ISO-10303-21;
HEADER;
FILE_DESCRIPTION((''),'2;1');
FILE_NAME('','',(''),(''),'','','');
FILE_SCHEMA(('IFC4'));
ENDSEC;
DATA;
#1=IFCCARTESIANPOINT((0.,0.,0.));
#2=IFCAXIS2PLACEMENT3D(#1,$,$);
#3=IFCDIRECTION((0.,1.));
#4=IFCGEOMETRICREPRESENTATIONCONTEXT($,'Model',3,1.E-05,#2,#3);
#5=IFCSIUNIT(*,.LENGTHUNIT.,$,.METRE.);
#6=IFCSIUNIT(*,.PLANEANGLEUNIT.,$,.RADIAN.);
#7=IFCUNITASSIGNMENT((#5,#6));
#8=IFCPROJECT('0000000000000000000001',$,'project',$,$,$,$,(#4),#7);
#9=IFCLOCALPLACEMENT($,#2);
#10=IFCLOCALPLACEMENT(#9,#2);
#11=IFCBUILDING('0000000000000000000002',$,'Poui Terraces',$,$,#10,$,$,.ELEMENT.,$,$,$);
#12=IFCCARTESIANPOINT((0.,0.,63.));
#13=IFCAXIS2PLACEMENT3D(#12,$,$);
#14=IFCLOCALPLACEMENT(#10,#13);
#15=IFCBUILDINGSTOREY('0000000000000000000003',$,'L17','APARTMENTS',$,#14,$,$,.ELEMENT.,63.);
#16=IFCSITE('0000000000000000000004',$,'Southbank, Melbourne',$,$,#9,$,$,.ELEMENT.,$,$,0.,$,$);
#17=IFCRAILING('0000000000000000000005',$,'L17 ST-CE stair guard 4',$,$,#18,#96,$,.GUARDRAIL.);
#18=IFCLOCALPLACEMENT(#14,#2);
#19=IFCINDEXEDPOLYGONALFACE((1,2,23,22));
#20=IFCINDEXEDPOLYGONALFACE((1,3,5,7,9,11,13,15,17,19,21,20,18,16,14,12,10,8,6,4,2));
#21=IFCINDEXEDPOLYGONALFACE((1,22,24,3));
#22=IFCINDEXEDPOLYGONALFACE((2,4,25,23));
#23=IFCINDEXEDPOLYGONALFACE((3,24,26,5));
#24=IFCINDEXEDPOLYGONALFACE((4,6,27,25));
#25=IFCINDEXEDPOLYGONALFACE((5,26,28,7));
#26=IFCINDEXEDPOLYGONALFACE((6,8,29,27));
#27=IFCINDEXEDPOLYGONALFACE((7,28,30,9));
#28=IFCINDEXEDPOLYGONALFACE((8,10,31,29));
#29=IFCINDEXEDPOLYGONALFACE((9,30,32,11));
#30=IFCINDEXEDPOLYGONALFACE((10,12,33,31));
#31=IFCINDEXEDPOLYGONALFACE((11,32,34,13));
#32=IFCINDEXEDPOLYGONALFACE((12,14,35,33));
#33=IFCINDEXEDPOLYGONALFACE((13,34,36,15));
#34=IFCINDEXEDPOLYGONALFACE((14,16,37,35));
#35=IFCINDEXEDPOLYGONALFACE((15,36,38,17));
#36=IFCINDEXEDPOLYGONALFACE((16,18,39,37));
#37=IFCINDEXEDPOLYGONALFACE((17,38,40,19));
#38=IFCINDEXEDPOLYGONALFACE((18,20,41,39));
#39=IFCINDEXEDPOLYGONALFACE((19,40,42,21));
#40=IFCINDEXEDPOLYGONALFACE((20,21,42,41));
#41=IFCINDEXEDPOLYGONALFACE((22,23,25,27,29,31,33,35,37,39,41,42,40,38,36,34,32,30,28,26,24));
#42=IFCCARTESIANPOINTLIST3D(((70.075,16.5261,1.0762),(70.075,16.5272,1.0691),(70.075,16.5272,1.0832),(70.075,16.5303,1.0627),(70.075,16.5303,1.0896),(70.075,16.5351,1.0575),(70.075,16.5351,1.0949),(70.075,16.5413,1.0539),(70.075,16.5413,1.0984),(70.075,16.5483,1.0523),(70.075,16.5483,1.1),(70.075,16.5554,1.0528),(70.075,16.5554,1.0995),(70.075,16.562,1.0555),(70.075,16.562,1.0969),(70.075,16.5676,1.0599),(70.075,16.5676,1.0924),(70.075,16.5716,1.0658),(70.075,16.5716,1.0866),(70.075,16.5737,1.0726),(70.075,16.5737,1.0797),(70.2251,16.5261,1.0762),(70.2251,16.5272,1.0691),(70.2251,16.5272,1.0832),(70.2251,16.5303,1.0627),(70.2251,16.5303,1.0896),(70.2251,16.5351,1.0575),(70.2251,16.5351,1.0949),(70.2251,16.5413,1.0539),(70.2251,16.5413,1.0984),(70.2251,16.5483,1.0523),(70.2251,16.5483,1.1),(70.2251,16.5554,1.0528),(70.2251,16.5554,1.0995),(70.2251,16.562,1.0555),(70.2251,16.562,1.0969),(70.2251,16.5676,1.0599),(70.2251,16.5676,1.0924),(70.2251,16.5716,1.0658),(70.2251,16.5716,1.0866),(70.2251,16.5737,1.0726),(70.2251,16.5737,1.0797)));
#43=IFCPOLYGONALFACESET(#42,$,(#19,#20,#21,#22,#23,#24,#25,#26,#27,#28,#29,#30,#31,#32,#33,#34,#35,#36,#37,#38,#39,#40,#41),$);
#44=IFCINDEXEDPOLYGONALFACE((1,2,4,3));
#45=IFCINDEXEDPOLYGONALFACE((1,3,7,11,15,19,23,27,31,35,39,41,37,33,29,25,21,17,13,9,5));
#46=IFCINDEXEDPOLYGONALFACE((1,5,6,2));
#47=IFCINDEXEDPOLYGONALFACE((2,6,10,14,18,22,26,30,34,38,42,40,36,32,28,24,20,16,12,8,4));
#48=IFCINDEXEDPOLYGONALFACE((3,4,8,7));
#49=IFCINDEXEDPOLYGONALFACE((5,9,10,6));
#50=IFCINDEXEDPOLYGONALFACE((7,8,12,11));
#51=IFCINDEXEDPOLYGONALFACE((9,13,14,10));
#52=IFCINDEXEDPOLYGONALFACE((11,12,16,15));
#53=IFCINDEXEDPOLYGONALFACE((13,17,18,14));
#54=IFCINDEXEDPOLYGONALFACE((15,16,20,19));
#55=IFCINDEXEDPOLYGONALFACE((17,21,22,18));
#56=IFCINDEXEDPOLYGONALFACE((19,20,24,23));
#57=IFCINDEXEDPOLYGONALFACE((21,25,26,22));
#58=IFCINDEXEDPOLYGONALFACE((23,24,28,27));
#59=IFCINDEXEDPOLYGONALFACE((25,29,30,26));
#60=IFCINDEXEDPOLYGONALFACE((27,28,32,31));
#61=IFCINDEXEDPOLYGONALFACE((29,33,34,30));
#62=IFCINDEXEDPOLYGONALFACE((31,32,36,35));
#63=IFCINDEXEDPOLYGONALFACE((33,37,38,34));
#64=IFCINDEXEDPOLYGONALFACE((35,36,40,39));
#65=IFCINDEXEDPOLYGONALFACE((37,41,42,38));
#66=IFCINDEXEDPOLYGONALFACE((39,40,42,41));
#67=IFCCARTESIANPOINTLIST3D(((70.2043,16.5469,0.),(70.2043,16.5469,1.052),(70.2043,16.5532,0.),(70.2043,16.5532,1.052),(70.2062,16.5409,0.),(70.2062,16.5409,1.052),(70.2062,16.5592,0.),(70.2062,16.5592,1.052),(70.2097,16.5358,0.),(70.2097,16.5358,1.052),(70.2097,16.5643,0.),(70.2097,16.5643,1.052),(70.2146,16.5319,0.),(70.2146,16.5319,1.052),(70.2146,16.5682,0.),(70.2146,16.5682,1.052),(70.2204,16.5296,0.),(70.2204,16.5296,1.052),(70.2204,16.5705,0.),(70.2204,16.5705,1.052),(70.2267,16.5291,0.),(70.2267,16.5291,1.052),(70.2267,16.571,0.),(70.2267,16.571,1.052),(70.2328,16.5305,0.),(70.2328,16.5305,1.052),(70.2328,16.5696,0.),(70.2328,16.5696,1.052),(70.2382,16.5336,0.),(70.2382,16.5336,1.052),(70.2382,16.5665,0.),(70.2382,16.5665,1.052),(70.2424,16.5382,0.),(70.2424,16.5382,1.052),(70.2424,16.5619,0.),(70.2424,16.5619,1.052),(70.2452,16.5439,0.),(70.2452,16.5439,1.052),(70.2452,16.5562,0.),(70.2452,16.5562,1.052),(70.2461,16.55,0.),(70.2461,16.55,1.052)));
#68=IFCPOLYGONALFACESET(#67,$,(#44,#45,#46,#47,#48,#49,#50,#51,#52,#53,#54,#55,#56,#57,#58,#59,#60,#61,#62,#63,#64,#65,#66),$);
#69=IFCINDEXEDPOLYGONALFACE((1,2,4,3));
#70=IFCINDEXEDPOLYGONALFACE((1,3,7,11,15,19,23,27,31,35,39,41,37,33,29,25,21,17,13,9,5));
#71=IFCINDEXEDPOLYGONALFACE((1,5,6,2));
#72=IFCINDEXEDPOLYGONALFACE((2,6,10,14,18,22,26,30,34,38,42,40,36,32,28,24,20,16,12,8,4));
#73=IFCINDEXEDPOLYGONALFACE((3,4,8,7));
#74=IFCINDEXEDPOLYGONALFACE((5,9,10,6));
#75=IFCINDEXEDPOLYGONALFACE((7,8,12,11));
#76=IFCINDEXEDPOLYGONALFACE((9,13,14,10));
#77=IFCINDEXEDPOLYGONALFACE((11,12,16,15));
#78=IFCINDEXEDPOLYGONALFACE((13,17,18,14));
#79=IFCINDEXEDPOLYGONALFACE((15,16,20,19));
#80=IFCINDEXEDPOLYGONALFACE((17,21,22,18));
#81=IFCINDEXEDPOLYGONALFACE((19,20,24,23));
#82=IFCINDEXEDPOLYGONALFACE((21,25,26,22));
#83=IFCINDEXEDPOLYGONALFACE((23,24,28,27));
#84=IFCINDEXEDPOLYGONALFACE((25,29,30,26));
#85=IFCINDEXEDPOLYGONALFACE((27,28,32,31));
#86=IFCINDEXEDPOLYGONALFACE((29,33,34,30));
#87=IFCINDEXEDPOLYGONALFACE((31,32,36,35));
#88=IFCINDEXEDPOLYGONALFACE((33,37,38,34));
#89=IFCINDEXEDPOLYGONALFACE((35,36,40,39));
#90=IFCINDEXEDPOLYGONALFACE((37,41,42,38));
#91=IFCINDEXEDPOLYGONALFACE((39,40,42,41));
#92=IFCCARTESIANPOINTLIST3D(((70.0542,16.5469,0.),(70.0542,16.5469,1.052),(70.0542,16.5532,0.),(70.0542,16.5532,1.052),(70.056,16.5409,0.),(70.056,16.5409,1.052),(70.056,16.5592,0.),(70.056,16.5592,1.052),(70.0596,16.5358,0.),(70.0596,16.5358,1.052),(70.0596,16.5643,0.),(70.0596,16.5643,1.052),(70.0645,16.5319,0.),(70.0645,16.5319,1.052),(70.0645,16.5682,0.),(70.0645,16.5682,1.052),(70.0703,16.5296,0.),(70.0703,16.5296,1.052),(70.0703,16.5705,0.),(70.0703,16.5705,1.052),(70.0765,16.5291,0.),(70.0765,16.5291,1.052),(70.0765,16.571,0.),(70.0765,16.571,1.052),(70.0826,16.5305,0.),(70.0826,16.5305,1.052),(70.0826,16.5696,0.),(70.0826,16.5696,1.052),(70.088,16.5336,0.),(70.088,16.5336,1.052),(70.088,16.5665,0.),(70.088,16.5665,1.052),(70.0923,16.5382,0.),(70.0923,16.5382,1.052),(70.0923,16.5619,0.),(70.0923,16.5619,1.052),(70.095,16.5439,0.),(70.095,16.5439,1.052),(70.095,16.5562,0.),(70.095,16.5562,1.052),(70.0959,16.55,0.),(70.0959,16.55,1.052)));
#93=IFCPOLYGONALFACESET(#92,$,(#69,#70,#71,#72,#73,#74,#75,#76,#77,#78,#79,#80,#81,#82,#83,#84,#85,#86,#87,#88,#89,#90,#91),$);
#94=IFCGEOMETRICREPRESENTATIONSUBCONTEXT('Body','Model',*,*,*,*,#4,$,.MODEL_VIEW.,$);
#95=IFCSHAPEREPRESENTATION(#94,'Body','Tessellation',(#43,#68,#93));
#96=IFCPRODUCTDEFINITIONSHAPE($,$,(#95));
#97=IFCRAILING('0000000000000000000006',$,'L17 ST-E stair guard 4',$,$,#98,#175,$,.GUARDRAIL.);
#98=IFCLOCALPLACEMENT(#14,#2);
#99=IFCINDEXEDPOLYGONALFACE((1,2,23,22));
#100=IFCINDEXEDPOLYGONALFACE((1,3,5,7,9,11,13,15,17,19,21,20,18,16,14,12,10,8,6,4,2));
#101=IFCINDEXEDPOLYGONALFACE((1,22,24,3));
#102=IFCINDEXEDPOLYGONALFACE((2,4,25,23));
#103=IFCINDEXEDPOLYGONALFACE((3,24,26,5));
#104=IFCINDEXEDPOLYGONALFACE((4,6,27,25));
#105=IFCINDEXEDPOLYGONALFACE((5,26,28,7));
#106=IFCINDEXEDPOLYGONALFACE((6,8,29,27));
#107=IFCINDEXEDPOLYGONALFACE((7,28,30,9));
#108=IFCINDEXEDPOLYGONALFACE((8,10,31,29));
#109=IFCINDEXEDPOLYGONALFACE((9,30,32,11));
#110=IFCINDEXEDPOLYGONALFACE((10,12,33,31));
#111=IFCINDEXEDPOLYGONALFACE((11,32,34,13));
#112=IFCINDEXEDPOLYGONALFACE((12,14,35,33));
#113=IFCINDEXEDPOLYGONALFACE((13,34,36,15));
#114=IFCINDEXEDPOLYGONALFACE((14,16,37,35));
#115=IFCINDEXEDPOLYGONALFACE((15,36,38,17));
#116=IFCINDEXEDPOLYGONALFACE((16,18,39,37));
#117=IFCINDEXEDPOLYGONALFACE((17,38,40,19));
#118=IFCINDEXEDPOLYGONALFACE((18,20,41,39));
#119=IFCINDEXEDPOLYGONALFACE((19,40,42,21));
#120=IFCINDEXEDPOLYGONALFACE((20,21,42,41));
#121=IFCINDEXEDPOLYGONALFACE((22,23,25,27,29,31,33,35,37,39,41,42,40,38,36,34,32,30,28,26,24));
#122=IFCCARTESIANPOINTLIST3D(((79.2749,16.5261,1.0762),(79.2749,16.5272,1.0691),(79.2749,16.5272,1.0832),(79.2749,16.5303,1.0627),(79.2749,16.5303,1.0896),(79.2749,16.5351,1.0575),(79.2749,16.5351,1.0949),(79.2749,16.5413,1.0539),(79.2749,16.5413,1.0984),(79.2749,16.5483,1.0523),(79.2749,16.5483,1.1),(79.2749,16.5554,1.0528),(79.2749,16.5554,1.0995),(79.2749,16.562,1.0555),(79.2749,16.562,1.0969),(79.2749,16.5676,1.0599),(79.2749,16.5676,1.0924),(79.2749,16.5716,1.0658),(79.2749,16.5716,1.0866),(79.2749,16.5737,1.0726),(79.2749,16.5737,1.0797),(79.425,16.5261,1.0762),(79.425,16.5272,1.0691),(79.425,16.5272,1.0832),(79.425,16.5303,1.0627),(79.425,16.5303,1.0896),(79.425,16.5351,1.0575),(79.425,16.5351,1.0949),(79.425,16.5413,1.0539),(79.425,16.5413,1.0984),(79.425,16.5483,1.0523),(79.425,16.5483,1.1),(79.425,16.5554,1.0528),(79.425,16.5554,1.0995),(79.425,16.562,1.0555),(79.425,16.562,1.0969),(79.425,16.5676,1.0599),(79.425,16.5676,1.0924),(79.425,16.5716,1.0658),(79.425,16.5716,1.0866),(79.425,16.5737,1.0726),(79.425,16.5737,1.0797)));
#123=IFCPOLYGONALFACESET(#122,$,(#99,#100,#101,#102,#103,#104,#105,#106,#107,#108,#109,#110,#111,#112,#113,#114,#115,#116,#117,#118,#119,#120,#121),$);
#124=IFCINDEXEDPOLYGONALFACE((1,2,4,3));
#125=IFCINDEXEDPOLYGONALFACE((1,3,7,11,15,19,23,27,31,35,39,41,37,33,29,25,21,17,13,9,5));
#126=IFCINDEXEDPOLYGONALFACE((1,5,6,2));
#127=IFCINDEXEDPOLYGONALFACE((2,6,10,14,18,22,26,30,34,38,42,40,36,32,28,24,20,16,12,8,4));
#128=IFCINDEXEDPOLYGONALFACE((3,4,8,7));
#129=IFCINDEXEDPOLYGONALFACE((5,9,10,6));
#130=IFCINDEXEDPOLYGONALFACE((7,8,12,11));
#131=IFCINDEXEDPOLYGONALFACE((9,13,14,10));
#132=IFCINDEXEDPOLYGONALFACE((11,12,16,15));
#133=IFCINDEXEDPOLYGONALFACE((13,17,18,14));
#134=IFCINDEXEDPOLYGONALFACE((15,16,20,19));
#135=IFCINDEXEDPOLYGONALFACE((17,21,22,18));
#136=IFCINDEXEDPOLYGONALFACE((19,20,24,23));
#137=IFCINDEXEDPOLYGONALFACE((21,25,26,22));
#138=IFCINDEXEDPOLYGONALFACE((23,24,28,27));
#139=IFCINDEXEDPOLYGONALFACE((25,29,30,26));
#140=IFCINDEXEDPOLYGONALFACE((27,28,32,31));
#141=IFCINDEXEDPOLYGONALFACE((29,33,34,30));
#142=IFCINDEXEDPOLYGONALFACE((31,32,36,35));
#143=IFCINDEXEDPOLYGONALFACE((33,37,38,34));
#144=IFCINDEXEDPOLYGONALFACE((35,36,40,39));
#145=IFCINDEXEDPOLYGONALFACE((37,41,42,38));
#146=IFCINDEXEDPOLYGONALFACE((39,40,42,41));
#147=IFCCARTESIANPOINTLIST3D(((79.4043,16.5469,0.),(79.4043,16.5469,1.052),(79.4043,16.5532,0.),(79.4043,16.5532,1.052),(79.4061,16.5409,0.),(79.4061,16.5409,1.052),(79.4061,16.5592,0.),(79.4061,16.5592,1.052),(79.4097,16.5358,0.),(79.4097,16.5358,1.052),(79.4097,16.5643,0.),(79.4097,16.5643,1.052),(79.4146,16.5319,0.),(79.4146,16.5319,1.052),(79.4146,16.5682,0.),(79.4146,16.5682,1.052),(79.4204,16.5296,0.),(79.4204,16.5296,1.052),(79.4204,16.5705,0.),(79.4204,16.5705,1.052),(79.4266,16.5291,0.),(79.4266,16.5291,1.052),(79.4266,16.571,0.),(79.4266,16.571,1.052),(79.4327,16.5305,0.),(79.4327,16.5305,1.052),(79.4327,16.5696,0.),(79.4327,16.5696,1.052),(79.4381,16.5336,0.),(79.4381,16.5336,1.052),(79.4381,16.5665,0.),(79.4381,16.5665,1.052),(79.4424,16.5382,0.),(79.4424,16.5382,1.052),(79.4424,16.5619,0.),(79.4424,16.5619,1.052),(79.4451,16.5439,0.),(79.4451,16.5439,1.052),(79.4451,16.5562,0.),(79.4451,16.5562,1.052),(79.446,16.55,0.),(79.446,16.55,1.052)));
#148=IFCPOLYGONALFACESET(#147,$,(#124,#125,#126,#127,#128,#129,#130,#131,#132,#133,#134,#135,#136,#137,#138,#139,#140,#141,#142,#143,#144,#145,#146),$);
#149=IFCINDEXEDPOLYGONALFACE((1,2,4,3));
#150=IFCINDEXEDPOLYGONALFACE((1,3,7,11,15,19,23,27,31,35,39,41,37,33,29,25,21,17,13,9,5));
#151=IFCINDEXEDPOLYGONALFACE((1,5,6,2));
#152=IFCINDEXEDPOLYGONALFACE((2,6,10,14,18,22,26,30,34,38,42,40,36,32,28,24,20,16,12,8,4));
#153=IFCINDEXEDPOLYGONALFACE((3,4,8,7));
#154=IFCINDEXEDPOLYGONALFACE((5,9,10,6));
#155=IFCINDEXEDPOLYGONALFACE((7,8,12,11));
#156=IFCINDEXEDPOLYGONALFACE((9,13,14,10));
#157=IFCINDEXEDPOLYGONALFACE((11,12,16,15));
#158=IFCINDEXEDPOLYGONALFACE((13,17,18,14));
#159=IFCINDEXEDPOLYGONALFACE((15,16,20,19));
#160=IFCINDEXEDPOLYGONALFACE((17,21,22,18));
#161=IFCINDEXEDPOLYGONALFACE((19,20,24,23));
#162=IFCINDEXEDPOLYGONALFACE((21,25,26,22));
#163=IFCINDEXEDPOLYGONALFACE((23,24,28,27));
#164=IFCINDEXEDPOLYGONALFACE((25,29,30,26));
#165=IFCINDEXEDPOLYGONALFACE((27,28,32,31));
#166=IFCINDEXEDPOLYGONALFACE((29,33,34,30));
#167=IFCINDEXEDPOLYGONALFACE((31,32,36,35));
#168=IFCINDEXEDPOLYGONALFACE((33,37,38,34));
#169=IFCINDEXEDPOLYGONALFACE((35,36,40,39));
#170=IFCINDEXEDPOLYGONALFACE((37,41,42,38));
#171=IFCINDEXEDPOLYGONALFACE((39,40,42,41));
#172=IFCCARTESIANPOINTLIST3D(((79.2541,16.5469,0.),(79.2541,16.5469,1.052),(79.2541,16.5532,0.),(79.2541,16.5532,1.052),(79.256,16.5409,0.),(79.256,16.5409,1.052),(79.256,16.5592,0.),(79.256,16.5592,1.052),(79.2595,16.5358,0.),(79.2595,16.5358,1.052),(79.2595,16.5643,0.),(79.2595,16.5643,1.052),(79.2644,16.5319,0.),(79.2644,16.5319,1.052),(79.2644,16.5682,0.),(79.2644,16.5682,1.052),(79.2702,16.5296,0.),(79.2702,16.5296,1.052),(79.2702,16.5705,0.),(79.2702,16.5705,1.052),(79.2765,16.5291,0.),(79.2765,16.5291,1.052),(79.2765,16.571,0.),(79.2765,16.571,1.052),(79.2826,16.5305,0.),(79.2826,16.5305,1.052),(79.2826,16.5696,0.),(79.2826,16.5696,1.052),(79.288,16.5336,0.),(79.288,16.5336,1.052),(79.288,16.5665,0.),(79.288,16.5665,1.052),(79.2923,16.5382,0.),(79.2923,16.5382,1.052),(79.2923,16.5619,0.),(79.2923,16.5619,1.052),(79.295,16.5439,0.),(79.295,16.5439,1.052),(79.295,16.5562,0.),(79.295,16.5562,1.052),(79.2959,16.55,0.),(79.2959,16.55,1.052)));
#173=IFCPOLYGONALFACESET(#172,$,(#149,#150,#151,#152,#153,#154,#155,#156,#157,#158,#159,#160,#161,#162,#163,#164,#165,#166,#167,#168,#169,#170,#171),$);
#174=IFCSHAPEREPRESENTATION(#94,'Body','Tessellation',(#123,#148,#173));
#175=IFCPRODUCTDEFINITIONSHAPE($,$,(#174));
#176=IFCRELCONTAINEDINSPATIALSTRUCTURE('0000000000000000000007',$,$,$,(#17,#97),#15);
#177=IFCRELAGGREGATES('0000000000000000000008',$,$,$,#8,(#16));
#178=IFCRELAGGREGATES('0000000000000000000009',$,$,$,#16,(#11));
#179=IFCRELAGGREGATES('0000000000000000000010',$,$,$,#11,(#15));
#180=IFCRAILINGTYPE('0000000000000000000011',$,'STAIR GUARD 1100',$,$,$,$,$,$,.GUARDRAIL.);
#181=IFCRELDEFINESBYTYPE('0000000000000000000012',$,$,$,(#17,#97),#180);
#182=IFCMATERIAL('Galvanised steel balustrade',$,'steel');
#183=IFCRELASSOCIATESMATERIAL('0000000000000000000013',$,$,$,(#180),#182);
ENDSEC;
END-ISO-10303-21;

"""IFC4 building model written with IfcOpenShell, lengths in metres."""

from ifc_helpers import new_model, si_unit, direction, frame, origin, origin_2d, place, context, subcontext, project, spatial, circle, extrude, material, type_object, element, save


model = new_model("IFC4")

# Units and contexts
model_context = context("Model", 3, precision=1e-05, world=origin(), true_north=direction((0.0, 1.0)))
body_context = subcontext(model_context, "Body", "Model", "MODEL_VIEW")
ifc_project = project(units=[si_unit("LENGTHUNIT", "METRE"), si_unit("PLANEANGLEUNIT", "RADIAN")], contexts=[model_context])

# Site, building, storey
site_placement = place(None, origin())
site = spatial("IfcSite", under=ifc_project, at=site_placement, Name="Southbank, Melbourne", CompositionType="ELEMENT", RefElevation=0.0)
building_placement = place(site_placement, origin())
building = spatial("IfcBuilding", under=site, at=building_placement, Name="Poui Terraces", CompositionType="ELEMENT")
storey_placement = place(building_placement, frame((0.0, 0.0, 63.0)))
storey = spatial("IfcBuildingStorey", under=building, at=storey_placement, Name="L17", Description="APARTMENTS", CompositionType="ELEMENT", Elevation=63.0)

# Railings
ifc_material_1 = material(Name="Galvanised steel balustrade", Category="steel")
railing_type_1 = type_object("IfcRailingType", Name="STAIR GUARD 1100", PredefinedType="GUARDRAIL", material=ifc_material_1)
for number, where, name in (
    (1, (70.2251, 16.55, 0.0), "L17 ST-CE stair guard 4"),
    (2, (79.425, 16.55, 0.0), "L17 ST-E stair guard 4"),
):
    element("IfcRailing", number, at=place(storey_placement, frame(where)), inside=storey, type_object=railing_type_1, Name=name, PredefinedType="GUARDRAIL", context=body_context, shape_type="SweptSolid", body=[
        extrude(circle(Radius=0.0239, at=origin_2d()), frame((0.0, 0.0, 1.0762), z_axis=(-1.0, 0.0, 0.0), x_axis=(0.0, -1.0, 0.0)), (0.0, 0.0, 1.0), 0.1501),
        extrude(circle(Radius=0.021, at=origin_2d()), origin(), (0.0, 0.0, 1.0), 1.052),
        extrude(circle(Radius=0.021, at=origin_2d()), frame((-0.1501, 0.0, 0.0)), (0.0, 0.0, 1.0), 1.052),
    ])

save(model, "model.ifc")
